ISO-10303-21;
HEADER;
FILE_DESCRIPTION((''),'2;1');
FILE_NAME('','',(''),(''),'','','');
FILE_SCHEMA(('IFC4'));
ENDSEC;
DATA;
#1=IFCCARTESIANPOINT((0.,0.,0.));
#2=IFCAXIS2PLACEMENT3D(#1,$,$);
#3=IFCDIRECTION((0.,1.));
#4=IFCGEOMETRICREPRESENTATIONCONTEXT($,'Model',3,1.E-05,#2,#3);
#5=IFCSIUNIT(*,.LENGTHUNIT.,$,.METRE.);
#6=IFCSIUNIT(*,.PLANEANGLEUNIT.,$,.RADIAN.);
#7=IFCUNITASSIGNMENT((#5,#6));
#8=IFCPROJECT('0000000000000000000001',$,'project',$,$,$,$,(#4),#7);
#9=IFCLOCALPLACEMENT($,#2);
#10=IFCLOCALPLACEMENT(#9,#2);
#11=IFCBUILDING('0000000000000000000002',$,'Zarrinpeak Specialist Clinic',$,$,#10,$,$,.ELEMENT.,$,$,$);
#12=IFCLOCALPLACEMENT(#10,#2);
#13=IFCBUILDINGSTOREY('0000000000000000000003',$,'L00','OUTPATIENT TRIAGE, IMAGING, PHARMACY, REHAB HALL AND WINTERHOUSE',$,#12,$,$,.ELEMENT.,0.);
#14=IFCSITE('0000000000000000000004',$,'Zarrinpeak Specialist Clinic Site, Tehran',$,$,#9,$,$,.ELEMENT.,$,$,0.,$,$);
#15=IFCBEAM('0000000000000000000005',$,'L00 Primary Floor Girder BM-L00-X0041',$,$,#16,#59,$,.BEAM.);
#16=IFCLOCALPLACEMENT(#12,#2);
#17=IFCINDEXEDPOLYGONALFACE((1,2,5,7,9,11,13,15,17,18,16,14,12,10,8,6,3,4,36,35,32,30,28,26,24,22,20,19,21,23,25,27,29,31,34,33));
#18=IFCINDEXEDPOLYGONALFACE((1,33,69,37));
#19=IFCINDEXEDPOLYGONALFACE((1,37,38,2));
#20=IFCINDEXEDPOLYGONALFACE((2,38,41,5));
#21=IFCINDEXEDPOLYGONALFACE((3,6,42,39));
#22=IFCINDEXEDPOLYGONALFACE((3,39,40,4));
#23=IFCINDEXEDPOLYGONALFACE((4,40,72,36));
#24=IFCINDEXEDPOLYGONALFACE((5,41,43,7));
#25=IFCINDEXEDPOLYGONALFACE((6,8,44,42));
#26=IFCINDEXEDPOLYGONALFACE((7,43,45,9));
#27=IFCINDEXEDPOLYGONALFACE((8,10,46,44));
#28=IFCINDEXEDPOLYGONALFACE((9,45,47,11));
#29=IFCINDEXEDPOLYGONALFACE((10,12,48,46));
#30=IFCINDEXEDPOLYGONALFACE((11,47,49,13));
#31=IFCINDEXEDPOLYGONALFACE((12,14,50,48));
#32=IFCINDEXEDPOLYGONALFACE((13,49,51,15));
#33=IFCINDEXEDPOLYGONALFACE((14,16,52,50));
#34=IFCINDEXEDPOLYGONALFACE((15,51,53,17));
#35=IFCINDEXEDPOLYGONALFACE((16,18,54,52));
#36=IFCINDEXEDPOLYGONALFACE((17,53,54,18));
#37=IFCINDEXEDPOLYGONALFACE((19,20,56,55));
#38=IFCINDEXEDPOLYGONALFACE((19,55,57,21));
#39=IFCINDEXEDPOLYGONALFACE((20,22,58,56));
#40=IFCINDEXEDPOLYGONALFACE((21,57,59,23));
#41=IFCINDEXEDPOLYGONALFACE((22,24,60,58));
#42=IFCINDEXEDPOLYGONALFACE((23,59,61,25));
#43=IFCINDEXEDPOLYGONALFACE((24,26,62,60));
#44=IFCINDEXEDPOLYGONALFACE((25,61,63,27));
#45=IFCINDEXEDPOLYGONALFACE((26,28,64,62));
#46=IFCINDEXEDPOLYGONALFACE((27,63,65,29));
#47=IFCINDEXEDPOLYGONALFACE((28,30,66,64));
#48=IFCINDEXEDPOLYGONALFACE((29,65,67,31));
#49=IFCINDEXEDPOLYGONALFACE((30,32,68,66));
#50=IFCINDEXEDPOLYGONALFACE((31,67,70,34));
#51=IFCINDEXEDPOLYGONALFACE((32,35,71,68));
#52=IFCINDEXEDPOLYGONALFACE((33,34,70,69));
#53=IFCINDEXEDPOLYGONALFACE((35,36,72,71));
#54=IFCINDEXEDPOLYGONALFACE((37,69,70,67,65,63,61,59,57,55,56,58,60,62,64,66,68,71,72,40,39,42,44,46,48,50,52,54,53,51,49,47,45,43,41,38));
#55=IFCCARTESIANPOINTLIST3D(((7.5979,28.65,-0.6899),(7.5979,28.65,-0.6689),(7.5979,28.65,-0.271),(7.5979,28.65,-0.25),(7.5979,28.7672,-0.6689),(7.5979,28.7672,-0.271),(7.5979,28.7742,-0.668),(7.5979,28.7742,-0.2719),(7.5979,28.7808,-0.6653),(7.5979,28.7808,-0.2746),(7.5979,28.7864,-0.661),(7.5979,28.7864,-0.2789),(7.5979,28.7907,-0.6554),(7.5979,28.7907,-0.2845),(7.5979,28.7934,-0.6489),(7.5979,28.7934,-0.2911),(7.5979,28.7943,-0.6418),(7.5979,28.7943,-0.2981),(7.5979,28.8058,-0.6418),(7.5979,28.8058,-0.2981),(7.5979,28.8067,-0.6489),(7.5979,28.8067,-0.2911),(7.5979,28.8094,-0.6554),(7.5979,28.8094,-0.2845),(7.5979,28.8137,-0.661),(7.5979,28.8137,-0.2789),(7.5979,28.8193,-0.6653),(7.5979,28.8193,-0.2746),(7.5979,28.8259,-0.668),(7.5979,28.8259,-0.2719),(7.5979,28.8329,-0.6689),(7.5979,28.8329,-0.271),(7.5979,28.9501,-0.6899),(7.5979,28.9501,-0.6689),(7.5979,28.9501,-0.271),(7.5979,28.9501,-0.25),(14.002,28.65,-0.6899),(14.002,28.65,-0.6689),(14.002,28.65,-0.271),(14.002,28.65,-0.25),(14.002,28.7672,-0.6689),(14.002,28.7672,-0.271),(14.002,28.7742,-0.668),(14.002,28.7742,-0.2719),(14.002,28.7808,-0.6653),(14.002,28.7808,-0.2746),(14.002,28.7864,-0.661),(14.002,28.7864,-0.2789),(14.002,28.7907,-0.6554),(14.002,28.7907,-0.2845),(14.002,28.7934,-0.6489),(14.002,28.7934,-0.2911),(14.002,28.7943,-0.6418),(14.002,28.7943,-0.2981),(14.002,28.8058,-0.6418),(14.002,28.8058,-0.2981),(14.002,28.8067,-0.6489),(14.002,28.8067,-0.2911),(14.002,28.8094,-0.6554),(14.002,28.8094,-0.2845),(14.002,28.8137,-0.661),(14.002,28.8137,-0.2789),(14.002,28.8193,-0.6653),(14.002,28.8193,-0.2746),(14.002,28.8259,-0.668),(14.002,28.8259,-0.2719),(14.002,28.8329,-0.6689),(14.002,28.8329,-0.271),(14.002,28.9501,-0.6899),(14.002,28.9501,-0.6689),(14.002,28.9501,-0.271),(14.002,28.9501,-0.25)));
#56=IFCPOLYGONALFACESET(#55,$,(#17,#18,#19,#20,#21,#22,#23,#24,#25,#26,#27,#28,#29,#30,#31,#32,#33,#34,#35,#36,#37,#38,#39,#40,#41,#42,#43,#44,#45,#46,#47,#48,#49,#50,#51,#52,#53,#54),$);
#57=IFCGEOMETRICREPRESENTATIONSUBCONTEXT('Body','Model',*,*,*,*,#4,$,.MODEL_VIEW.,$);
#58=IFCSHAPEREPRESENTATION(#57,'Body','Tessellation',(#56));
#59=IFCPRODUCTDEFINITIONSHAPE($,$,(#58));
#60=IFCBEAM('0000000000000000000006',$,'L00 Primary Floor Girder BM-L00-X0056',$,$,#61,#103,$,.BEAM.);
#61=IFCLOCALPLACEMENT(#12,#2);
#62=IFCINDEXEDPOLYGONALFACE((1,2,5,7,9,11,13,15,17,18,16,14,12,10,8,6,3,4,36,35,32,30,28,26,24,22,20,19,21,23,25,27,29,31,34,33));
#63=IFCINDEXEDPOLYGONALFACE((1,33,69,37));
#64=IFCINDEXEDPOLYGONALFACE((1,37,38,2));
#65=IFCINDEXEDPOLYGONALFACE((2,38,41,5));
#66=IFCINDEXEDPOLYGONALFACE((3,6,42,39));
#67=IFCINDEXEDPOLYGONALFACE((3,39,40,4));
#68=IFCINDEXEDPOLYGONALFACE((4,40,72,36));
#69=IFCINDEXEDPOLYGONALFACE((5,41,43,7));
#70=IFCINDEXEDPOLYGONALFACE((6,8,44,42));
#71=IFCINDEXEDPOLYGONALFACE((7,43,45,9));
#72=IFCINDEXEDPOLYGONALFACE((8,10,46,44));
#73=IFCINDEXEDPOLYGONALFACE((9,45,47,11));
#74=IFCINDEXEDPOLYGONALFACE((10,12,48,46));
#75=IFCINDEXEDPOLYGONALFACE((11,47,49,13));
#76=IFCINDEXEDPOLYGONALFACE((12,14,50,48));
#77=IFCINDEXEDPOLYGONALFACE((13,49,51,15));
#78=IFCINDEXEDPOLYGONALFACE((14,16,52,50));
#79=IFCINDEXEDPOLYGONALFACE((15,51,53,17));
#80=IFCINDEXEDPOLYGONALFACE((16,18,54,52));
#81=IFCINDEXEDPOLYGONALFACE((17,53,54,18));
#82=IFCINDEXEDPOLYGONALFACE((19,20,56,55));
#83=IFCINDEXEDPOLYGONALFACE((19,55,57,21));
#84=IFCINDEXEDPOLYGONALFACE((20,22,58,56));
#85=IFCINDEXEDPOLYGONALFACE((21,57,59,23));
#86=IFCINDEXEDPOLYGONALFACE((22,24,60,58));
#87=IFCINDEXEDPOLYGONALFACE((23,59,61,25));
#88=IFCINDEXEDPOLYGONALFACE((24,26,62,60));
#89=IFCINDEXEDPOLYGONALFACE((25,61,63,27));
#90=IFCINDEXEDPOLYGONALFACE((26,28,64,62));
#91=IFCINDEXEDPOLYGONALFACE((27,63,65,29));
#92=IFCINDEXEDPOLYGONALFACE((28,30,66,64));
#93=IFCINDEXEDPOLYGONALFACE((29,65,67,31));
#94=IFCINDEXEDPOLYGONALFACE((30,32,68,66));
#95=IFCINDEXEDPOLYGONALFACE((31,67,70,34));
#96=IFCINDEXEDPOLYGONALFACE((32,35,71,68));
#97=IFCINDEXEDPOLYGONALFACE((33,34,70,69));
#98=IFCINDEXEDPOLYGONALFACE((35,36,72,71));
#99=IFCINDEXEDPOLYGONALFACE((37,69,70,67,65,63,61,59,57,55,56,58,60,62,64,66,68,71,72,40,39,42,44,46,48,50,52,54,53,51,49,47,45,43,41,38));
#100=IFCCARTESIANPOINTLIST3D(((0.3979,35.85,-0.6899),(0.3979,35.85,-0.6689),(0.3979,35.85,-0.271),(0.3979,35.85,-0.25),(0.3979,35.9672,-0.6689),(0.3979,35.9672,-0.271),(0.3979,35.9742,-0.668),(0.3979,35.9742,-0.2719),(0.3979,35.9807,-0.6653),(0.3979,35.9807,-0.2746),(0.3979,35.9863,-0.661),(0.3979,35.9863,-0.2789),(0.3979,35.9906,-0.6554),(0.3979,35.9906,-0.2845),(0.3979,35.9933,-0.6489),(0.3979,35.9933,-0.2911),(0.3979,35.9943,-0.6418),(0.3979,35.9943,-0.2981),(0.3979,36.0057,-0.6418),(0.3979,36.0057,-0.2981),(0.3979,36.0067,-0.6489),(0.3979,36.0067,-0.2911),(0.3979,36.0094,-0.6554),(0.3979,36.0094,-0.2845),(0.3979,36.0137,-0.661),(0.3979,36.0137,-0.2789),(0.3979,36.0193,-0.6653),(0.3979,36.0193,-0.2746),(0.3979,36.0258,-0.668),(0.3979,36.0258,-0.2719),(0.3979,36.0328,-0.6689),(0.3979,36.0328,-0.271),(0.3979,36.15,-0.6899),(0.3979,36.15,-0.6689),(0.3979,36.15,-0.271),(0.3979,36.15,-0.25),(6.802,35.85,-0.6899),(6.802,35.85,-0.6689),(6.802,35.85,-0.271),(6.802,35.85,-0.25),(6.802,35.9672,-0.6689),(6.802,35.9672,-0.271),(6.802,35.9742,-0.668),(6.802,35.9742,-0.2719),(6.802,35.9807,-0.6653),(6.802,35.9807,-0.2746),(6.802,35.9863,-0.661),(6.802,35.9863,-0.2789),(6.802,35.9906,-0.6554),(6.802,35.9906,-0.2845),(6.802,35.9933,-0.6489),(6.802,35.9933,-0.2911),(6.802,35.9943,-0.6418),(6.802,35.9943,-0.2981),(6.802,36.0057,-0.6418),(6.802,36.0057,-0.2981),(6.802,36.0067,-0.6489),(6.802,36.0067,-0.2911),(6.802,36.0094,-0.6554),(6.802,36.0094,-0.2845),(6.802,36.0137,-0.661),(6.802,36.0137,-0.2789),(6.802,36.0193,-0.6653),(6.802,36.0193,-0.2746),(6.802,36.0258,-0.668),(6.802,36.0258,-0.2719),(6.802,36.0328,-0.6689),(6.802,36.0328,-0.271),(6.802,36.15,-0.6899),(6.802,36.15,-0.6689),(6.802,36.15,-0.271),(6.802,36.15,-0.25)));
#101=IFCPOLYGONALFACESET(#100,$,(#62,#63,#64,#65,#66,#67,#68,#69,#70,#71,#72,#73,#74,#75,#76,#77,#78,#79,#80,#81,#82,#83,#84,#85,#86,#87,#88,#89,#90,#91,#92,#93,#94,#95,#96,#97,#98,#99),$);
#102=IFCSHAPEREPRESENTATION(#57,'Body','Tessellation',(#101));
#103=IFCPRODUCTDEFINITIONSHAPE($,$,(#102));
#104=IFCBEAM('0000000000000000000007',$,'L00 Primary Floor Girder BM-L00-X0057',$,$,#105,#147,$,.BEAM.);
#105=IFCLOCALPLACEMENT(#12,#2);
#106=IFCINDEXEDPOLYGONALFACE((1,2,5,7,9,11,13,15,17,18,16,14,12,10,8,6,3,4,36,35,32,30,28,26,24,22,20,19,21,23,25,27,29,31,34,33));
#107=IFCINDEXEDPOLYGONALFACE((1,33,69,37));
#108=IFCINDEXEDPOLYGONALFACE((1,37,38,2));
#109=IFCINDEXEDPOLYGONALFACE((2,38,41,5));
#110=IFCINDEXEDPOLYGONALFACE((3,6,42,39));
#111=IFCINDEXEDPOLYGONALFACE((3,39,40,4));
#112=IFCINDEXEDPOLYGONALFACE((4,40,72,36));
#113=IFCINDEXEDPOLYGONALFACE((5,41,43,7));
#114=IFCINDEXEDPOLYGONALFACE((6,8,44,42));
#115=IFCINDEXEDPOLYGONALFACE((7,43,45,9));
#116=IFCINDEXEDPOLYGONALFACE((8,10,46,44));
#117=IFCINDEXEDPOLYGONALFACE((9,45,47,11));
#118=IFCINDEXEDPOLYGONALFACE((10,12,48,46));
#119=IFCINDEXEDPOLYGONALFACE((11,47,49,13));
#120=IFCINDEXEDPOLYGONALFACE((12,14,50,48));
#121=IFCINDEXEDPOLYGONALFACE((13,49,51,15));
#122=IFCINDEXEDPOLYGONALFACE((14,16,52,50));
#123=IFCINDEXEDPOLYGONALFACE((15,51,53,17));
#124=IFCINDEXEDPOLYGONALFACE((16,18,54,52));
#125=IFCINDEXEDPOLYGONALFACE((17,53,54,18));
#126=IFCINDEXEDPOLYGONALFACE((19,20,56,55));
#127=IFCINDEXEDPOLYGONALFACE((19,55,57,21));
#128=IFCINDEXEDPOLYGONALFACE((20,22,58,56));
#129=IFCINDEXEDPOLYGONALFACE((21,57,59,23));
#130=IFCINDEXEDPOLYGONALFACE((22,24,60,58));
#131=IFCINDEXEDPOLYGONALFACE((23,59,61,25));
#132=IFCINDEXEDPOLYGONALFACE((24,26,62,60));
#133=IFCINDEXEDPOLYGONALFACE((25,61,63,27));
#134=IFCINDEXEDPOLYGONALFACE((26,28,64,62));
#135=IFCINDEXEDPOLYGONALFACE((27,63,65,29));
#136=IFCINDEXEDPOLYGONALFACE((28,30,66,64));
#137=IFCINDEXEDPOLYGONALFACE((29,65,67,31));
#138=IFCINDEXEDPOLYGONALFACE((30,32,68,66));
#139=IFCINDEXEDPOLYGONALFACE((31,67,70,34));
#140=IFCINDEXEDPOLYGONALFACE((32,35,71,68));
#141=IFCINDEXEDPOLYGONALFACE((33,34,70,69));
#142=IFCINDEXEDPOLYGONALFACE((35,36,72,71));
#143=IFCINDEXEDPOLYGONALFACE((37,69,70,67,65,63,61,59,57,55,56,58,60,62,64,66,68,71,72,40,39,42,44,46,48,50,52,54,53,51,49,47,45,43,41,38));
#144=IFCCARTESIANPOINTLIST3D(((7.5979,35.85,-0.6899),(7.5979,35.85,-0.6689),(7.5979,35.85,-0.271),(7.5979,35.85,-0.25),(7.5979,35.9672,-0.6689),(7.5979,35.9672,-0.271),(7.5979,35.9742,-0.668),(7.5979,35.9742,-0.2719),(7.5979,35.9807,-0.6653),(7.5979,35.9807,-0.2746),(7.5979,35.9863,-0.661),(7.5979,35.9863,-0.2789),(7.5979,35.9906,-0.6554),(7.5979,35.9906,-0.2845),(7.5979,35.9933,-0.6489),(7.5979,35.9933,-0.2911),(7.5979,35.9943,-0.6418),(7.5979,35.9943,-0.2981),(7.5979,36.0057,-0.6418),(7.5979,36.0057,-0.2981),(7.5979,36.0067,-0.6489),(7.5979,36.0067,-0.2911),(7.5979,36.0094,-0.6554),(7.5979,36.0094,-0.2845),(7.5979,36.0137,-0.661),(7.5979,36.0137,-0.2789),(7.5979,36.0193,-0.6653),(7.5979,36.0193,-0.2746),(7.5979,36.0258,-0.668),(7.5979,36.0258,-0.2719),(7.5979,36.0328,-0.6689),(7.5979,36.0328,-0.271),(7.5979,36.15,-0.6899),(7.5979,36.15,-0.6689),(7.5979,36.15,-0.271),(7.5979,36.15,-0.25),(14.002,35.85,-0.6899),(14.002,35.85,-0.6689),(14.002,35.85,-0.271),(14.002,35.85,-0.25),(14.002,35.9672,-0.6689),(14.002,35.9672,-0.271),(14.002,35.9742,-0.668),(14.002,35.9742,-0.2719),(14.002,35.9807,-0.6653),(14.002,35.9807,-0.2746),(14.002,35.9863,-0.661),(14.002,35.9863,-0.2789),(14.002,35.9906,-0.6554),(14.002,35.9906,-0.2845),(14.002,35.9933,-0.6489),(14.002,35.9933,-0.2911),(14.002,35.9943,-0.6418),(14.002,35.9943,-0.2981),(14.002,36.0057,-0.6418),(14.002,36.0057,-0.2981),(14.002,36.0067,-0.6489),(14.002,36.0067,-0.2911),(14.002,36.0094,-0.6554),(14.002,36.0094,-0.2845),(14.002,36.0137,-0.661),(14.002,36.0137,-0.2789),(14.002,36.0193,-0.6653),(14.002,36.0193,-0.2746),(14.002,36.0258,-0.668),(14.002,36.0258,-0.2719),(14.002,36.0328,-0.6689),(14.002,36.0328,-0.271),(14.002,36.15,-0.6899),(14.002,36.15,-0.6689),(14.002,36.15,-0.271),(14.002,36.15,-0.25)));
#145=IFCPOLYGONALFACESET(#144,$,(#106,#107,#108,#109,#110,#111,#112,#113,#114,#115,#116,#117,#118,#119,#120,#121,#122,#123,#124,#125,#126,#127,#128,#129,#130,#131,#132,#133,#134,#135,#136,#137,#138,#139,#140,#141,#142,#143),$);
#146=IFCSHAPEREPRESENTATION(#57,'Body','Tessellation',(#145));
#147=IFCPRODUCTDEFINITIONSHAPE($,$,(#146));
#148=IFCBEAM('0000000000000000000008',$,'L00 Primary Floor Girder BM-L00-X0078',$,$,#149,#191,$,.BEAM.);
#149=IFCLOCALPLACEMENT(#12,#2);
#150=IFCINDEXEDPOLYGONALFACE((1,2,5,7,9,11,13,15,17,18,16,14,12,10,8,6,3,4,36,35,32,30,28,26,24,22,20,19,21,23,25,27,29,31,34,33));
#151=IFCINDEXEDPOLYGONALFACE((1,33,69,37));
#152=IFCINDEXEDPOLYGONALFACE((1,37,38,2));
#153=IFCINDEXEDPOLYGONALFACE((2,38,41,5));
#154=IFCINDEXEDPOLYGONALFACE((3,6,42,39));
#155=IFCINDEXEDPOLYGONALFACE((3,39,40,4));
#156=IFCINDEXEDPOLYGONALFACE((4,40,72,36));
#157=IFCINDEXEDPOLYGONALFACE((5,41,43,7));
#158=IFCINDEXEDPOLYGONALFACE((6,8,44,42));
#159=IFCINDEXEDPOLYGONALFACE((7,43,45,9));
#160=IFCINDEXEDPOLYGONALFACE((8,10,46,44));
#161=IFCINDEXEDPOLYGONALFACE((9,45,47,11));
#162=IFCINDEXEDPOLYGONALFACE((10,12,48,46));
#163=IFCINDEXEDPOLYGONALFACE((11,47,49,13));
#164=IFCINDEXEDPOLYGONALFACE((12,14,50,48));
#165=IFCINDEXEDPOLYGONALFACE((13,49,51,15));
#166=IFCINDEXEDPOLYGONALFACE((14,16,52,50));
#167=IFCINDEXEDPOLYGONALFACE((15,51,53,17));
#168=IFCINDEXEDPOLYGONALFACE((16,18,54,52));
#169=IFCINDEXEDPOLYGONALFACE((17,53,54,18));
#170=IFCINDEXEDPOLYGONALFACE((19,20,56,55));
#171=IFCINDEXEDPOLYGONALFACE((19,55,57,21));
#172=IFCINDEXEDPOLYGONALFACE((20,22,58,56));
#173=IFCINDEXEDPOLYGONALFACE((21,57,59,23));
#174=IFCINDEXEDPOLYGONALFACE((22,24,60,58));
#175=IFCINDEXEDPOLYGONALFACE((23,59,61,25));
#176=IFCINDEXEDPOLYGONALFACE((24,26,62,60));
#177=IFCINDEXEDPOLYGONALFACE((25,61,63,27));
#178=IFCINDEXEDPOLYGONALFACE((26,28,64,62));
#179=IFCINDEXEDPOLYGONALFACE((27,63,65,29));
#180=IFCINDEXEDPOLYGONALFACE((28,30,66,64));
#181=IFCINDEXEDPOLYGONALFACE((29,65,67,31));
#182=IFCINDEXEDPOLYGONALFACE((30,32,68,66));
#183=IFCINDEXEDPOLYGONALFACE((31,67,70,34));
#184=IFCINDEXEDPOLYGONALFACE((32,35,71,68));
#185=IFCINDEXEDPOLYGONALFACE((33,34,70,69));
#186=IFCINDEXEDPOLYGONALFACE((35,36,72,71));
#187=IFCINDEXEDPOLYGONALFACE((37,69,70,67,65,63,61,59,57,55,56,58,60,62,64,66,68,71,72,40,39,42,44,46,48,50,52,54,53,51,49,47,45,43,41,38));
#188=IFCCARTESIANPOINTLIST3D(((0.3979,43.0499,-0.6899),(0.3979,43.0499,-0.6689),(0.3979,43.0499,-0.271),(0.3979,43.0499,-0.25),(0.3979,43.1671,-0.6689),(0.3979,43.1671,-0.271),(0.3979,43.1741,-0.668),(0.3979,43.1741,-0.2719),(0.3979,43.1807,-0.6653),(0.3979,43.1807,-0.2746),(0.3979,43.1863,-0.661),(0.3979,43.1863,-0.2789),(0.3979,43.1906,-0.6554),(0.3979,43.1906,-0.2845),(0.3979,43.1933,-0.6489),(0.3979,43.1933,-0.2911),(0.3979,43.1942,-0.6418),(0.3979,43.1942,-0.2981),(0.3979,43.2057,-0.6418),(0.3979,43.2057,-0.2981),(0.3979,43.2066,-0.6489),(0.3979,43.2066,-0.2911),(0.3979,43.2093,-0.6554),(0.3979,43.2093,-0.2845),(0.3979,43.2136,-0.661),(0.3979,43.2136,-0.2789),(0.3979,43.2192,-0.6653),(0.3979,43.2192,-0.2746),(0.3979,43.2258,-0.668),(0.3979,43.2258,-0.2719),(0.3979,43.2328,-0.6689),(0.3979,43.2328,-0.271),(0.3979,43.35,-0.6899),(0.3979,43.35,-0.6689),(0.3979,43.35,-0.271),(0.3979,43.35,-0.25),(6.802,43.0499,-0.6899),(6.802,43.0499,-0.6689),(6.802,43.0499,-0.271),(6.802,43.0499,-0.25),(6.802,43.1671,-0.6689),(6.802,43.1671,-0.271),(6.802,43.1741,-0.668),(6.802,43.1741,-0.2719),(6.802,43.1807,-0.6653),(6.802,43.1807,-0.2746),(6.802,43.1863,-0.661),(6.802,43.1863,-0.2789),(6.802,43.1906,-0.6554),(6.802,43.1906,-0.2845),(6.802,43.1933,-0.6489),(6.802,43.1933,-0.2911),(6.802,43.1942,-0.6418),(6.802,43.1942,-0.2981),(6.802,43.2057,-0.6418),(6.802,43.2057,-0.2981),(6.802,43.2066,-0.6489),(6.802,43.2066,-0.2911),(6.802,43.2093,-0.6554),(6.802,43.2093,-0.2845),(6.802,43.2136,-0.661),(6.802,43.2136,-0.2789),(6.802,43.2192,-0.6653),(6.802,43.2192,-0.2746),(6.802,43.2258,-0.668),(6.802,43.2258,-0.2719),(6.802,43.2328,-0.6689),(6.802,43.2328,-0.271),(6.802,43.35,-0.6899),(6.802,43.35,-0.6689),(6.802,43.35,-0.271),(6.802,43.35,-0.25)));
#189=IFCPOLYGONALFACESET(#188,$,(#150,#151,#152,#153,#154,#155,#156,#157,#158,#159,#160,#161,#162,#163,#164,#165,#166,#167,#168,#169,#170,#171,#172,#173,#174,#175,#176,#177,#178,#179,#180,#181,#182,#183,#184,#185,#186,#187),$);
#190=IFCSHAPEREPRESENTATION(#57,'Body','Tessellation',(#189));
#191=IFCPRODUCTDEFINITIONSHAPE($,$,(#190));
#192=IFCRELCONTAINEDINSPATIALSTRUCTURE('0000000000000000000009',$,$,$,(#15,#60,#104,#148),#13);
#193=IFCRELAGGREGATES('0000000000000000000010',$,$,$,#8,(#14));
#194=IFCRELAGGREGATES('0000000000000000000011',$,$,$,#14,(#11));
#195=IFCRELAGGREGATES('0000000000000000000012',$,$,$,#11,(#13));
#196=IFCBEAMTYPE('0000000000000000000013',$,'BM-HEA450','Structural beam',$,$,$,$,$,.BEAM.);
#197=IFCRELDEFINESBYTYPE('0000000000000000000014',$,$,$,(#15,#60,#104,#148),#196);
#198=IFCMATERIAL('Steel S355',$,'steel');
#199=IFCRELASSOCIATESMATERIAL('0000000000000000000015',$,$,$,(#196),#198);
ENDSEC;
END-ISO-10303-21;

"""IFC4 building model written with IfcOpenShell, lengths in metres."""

from ifc_helpers import new_model, si_unit, direction, frame, origin, origin_2d, place, context, subcontext, project, spatial, i_section, extrude, material, material_profile, profile_set, type_object, element, save


model = new_model("IFC4")

# Units and contexts
model_context = context("Model", 3, precision=1e-05, world=origin(), true_north=direction((0.0, 1.0)))
body_context = subcontext(model_context, "Body", "Model", "MODEL_VIEW")
ifc_project = project(units=[si_unit("LENGTHUNIT", "METRE"), si_unit("PLANEANGLEUNIT", "RADIAN")], contexts=[model_context])

# Site, building, storey
site_placement = place(None, origin())
site = spatial("IfcSite", under=ifc_project, at=site_placement, Name="Zarrinpeak Specialist Clinic Site, Tehran", CompositionType="ELEMENT", RefElevation=0.0)
building_placement = place(site_placement, origin())
building = spatial("IfcBuilding", under=site, at=building_placement, Name="Zarrinpeak Specialist Clinic", CompositionType="ELEMENT")
storey_placement = place(building_placement, origin())
storey = spatial("IfcBuildingStorey", under=building, at=storey_placement, Name="L00", Description="OUTPATIENT TRIAGE, IMAGING, PHARMACY, REHAB HALL AND WINTERHOUSE", CompositionType="ELEMENT", Elevation=0.0)

# Shared definitions
ifc_material_1 = material(Name="Steel S355", Category="steel")

# Beams
ifc_material_profile_1 = material_profile(ifc_material_1, i_section(OverallWidth=0.3, OverallDepth=0.4399, WebThickness=0.0115, FlangeThickness=0.021, FilletRadius=0.0271, at=origin_2d()), Name="HEA 450")
ifc_profile_set_1 = profile_set([ifc_material_profile_1], Name="Steel S355")
beam_type_1 = type_object("IfcBeamType", Name="BM-HEA450", Description="Structural beam", PredefinedType="BEAM", material=ifc_profile_set_1)
for number, where, z_axis, x_axis, name in (
    (1, (7.5979, 28.8, -0.47), (1.0, 0.0, 0.0), (0.0, 1.0, 0.0), "L00 Primary Floor Girder BM-L00-X0041"),
    (2, (0.3979, 36.0, -0.47), (1.0, 0.0, 0.0), (0.0, 1.0, 0.0), "L00 Primary Floor Girder BM-L00-X0056"),
    (3, (7.5979, 36.0, -0.47), (1.0, 0.0, 0.0), (0.0, 1.0, 0.0), "L00 Primary Floor Girder BM-L00-X0057"),
    (4, (0.3979, 43.2, -0.47), (1.0, 0.0, 0.0), (0.0, 1.0, 0.0), "L00 Primary Floor Girder BM-L00-X0078"),
):
    element("IfcBeam", number, at=place(storey_placement, frame(where, z_axis=z_axis, x_axis=x_axis)), inside=storey, type_object=beam_type_1, Name=name, PredefinedType="BEAM", context=body_context, shape_type="SweptSolid", body=[
        extrude(i_section(OverallWidth=0.3, OverallDepth=0.4399, WebThickness=0.0115, FlangeThickness=0.021, FilletRadius=0.0271, at=origin_2d()), origin(), (0.0, 0.0, 1.0), 6.4041),
    ])

save(model, "model.ifc")
